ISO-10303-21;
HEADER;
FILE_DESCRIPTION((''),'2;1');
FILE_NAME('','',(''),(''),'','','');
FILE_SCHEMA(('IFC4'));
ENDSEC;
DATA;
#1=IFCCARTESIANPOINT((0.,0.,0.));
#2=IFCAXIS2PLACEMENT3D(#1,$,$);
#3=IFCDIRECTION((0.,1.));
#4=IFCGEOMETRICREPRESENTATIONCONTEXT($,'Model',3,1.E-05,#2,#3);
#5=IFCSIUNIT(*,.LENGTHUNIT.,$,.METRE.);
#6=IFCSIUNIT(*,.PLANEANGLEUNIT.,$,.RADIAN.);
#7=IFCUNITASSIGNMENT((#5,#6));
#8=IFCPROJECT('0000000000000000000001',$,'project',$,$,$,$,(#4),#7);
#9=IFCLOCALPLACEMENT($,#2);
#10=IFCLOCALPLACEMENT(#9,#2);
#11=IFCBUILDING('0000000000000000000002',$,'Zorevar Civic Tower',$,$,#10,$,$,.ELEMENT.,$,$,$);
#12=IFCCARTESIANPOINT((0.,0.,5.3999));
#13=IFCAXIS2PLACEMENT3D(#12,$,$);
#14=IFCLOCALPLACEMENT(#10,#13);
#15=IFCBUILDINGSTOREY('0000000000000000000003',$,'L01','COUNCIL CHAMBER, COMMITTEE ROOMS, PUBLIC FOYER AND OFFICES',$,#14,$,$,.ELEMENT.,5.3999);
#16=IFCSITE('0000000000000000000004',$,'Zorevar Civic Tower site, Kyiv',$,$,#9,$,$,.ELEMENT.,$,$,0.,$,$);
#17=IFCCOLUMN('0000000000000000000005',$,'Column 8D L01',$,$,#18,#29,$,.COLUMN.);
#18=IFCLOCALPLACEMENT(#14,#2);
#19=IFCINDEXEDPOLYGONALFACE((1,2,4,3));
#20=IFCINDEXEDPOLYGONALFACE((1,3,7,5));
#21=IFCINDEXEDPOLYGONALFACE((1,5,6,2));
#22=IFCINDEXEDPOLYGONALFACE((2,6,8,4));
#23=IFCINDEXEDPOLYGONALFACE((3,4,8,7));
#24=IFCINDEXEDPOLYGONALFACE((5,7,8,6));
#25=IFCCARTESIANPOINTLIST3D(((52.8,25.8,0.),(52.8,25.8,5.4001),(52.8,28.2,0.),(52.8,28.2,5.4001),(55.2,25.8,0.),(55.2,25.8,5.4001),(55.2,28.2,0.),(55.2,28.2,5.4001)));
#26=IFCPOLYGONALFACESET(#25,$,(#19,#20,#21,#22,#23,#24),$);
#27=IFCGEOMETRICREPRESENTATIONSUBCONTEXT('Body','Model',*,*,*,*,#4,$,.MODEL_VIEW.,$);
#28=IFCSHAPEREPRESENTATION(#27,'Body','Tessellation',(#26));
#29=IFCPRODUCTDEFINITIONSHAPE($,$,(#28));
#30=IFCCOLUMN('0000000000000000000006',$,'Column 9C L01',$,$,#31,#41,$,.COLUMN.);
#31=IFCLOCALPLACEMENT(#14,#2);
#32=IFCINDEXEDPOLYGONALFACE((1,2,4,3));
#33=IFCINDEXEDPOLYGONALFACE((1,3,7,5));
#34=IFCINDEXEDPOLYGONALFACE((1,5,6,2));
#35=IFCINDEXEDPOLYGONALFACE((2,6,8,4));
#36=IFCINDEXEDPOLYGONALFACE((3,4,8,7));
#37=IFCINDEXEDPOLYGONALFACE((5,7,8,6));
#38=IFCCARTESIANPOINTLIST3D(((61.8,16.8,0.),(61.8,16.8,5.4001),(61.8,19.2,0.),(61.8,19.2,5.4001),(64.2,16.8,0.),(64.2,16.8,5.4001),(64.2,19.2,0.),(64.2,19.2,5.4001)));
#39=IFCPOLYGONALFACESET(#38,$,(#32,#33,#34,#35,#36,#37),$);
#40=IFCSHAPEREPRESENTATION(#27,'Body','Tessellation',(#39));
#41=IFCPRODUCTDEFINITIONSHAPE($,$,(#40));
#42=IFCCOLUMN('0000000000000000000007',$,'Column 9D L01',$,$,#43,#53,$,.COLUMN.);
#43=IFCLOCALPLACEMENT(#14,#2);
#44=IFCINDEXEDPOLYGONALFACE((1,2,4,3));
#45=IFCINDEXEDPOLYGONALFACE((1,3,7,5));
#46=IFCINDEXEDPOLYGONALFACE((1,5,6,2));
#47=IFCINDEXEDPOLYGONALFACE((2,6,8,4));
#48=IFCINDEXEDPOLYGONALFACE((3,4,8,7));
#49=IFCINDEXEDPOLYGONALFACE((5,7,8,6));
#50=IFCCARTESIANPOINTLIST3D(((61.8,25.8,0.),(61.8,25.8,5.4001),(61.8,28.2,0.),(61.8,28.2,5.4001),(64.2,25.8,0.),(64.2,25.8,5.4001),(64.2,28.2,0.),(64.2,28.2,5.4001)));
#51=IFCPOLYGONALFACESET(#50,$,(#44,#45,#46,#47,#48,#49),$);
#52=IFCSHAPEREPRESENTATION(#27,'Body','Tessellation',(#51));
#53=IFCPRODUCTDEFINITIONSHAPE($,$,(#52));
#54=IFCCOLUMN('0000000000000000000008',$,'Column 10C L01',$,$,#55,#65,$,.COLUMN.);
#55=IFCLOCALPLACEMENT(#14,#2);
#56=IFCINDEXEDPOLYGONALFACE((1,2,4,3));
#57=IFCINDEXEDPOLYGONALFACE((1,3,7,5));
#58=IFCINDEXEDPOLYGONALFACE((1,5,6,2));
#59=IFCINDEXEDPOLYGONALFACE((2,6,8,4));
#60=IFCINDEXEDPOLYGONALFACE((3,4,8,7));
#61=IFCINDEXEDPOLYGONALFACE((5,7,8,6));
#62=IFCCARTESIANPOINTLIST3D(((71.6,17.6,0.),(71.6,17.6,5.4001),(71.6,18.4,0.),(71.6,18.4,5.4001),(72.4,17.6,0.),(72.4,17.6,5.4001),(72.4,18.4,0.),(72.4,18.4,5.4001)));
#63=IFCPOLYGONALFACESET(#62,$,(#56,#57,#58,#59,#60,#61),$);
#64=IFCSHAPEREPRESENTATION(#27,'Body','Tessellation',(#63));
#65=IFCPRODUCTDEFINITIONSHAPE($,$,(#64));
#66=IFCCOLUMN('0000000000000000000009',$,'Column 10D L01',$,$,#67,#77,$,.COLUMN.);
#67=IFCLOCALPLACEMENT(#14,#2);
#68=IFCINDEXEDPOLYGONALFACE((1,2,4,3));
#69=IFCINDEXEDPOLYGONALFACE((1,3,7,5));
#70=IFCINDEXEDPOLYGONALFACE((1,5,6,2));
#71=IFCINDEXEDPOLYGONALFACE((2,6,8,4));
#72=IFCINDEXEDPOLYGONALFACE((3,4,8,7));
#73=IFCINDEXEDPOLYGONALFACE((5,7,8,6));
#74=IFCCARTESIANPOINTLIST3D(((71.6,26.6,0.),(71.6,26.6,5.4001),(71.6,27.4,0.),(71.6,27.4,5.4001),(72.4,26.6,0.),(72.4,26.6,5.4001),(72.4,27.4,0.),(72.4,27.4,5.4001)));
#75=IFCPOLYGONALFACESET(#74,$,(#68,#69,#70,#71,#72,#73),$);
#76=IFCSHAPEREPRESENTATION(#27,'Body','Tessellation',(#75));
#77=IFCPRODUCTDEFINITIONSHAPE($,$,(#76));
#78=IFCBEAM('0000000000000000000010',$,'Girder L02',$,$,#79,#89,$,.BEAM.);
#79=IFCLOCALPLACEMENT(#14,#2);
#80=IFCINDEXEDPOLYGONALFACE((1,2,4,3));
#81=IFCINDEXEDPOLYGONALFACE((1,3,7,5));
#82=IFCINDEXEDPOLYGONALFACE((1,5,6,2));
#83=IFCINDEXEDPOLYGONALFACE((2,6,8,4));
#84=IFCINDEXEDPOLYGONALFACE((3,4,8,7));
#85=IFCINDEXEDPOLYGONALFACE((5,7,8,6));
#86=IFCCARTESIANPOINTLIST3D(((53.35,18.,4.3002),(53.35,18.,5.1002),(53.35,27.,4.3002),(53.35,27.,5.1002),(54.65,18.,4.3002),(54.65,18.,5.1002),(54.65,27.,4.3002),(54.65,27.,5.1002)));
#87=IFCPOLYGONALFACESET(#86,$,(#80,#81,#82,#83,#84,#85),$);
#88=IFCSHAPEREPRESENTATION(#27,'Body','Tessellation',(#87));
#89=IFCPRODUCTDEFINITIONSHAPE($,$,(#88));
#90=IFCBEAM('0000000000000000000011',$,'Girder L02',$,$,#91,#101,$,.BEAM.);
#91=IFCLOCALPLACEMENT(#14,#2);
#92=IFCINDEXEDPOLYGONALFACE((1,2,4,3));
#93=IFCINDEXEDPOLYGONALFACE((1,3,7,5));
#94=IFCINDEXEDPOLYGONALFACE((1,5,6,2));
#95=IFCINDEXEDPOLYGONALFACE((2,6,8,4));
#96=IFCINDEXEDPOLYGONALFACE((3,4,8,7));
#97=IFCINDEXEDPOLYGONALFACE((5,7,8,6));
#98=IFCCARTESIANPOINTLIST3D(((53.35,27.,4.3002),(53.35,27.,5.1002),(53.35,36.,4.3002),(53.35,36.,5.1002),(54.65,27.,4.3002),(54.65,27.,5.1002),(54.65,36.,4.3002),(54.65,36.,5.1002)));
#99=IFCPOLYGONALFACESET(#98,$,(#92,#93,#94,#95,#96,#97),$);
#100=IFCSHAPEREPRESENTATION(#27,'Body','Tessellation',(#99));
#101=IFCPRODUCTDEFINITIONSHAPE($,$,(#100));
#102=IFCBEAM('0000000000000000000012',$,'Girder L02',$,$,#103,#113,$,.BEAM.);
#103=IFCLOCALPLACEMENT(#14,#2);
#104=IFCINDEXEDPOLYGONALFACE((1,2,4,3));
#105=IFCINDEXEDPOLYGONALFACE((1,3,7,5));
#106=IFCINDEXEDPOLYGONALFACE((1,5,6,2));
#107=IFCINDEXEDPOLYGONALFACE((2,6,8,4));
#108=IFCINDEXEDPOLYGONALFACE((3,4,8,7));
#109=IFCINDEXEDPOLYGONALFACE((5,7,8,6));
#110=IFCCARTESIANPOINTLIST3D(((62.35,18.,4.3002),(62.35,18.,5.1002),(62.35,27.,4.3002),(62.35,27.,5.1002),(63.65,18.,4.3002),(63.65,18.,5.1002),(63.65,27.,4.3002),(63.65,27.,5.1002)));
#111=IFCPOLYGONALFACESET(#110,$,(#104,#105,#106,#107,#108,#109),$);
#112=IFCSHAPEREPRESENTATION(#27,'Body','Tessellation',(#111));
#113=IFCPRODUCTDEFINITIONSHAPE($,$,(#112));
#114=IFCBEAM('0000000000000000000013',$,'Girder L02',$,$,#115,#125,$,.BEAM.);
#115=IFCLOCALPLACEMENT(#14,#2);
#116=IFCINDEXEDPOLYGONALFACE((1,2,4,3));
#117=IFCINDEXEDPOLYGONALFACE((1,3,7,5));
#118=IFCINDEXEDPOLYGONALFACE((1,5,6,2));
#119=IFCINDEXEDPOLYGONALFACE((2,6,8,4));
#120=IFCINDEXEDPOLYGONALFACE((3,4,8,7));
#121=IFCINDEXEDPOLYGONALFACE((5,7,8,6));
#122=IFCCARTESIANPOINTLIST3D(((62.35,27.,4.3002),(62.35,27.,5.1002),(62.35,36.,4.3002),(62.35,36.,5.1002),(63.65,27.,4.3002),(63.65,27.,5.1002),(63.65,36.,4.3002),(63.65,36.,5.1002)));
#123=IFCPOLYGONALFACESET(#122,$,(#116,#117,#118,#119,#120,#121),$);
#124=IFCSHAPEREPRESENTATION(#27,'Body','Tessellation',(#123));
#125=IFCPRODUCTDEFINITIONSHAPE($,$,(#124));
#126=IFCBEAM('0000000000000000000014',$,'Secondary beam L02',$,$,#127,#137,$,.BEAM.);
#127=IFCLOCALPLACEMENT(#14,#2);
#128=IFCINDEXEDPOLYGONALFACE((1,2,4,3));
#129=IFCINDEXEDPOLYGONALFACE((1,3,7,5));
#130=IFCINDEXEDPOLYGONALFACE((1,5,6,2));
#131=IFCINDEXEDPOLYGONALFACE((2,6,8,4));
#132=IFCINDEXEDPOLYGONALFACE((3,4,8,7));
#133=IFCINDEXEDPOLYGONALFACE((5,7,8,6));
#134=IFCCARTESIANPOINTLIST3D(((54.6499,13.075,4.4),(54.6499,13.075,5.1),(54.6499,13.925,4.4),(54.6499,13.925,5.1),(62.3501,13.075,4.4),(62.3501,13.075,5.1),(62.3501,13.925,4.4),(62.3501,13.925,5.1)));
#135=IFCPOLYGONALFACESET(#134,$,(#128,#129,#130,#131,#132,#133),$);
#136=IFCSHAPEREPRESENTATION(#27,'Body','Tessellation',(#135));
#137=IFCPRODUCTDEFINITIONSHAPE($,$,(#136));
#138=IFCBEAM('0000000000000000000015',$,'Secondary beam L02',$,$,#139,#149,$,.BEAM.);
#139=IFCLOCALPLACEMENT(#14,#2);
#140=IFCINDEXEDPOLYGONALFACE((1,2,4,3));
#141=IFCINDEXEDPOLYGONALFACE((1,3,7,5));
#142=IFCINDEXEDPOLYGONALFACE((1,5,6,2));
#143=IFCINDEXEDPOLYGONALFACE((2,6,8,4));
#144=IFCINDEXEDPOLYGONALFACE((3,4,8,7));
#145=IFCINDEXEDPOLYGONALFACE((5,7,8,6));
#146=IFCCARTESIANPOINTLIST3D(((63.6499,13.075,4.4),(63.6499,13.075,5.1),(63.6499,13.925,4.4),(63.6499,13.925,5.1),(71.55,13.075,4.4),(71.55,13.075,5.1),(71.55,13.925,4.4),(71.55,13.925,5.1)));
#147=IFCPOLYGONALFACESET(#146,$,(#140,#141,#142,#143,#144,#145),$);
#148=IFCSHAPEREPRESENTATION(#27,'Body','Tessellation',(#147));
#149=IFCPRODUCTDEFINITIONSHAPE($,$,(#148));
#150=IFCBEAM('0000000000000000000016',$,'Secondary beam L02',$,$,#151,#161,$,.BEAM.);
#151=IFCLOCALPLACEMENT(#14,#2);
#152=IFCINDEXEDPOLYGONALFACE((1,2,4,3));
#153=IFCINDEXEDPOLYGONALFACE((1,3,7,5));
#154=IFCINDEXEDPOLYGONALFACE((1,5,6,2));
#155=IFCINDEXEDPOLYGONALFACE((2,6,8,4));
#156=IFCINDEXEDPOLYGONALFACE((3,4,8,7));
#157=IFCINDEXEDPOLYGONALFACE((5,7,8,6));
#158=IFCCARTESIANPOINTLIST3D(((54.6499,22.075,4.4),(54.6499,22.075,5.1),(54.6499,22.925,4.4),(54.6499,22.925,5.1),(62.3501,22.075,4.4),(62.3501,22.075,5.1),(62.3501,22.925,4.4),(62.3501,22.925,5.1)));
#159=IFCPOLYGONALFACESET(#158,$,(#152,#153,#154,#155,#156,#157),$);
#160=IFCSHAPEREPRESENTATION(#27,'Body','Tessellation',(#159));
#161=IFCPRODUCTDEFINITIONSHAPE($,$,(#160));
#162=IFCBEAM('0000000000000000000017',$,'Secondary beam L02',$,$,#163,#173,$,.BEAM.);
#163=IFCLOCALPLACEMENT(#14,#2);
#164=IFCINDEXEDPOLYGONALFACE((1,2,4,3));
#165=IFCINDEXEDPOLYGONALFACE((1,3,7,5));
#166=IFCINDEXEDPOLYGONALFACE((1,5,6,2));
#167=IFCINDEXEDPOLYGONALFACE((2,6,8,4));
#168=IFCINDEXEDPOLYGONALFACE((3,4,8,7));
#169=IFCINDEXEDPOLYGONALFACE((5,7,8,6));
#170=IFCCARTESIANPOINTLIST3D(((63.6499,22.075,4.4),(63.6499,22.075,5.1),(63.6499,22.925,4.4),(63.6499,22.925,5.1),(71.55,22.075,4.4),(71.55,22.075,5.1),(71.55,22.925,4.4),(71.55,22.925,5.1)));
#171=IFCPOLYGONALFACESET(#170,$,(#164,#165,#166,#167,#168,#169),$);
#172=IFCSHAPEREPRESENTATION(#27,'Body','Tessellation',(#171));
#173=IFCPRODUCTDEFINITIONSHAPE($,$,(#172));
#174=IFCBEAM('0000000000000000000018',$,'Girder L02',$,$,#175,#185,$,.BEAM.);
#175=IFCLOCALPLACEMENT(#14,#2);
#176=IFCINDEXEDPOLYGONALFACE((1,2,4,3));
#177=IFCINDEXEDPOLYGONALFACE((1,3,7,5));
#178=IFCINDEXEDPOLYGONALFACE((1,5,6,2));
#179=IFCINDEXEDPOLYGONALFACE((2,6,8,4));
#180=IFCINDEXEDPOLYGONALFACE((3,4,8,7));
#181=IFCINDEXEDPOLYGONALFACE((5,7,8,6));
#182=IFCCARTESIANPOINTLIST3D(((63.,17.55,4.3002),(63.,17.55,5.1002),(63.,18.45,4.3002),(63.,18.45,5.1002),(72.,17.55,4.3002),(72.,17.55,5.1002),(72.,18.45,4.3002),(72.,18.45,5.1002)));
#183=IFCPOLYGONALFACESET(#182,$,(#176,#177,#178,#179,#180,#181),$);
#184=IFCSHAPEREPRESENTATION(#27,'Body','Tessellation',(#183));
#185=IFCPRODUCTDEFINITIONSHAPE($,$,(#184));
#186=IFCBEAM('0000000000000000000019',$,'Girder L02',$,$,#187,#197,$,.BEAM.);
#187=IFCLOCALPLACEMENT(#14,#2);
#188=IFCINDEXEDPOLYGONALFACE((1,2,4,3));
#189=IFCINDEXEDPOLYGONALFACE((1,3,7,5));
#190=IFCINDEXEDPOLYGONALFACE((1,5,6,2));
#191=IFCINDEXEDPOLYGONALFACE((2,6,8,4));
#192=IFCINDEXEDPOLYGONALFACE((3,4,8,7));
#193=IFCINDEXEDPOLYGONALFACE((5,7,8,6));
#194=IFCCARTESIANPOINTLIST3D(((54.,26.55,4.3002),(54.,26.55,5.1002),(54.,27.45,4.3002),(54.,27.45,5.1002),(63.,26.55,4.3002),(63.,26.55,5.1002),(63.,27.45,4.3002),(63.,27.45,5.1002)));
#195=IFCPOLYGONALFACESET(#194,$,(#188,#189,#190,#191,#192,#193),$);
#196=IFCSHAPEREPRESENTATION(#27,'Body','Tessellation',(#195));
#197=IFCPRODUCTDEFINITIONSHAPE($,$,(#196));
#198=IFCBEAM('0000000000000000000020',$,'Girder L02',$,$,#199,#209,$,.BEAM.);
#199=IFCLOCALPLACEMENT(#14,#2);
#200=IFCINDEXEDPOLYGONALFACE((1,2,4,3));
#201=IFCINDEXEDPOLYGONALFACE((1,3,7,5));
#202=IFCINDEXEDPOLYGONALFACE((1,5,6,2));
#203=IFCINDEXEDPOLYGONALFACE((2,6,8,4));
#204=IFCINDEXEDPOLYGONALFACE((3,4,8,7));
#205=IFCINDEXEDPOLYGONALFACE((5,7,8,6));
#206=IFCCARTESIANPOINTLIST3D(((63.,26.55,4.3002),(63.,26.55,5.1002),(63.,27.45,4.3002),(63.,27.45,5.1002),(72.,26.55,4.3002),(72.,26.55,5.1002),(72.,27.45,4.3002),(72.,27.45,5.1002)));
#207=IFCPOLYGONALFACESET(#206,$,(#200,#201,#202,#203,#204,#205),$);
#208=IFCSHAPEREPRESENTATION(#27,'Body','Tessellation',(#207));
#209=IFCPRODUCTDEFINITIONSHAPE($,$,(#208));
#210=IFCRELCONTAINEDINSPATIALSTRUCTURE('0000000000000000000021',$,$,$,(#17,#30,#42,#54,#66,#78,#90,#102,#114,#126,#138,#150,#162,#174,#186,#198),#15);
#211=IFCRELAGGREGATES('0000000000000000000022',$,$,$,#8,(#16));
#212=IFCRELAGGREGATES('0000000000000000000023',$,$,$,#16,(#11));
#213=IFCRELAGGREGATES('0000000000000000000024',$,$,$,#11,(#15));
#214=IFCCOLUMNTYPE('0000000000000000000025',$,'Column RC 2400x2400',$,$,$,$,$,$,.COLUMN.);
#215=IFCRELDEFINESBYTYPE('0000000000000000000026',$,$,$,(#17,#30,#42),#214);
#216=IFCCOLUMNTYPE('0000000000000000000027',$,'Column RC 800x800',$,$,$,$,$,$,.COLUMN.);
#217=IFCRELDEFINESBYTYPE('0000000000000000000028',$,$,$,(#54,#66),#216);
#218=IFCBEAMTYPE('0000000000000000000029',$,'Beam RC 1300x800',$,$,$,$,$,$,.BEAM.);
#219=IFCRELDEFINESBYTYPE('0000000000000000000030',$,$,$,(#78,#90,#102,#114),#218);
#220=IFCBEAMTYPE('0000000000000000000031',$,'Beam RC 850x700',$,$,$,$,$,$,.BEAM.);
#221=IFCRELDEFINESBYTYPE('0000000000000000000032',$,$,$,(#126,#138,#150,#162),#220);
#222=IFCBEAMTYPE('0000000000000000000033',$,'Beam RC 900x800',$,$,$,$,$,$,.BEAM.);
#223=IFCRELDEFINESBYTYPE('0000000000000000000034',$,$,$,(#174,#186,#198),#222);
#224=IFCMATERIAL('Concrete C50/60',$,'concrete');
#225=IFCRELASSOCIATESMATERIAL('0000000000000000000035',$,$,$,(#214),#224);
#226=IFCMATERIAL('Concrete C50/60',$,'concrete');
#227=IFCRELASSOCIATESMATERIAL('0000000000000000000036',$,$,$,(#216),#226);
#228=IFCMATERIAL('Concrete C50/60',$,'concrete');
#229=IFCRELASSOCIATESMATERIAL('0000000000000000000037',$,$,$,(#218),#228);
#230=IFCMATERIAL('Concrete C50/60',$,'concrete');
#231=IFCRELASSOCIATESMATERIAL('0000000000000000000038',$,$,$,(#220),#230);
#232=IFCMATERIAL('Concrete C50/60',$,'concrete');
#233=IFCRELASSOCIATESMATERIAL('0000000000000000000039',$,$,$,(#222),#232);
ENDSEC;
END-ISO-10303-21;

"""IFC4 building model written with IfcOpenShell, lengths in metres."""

from ifc_helpers import new_model, si_unit, direction, frame, origin, origin_2d, place, context, subcontext, project, spatial, rectangle, extrude, material, material_profile, profile_set, type_object, element, save


model = new_model("IFC4")

# Units and contexts
model_context = context("Model", 3, precision=1e-05, world=origin(), true_north=direction((0.0, 1.0)))
body_context = subcontext(model_context, "Body", "Model", "MODEL_VIEW")
ifc_project = project(units=[si_unit("LENGTHUNIT", "METRE"), si_unit("PLANEANGLEUNIT", "RADIAN")], contexts=[model_context])

# Site, building, storey
site_placement = place(None, origin())
site = spatial("IfcSite", under=ifc_project, at=site_placement, Name="Zorevar Civic Tower site, Kyiv", CompositionType="ELEMENT", RefElevation=0.0)
building_placement = place(site_placement, origin())
building = spatial("IfcBuilding", under=site, at=building_placement, Name="Zorevar Civic Tower", CompositionType="ELEMENT")
storey_placement = place(building_placement, frame((0.0, 0.0, 5.3999)))
storey = spatial("IfcBuildingStorey", under=building, at=storey_placement, Name="L01", Description="COUNCIL CHAMBER, COMMITTEE ROOMS, PUBLIC FOYER AND OFFICES", CompositionType="ELEMENT", Elevation=5.3999)

# Columns
ifc_material_1 = material(Name="Concrete C50/60", Category="concrete")
ifc_material_profile_1 = material_profile(ifc_material_1, rectangle(XDim=2.3999, YDim=2.3999, at=origin_2d()), Name="RC 2400x2400")
ifc_profile_set_1 = profile_set([ifc_material_profile_1], Name="Concrete C50/60")
column_type_1 = type_object("IfcColumnType", Name="Column RC 2400x2400", PredefinedType="COLUMN", material=ifc_profile_set_1)
for number, where, z_axis, x_axis, name in (
    (1, (54.0, 27.0, 0.0), (0.0, 0.0, 1.0), (1.0, 0.0, 0.0), "Column 8D L01"),
    (2, (63.0, 18.0, 0.0), (0.0, 0.0, 1.0), (1.0, 0.0, 0.0), "Column 9C L01"),
    (3, (63.0, 27.0, 0.0), (0.0, 0.0, 1.0), (1.0, 0.0, 0.0), "Column 9D L01"),
):
    element("IfcColumn", number, at=place(storey_placement, frame(where, z_axis=z_axis, x_axis=x_axis)), inside=storey, type_object=column_type_1, Name=name, PredefinedType="COLUMN", context=body_context, shape_type="SweptSolid", body=[
        extrude(rectangle(XDim=2.3999, YDim=2.3999, at=origin_2d()), origin(), (0.0, 0.0, 1.0), 5.4001),
    ])
ifc_material_2 = material(Name="Concrete C50/60", Category="concrete")
ifc_material_profile_2 = material_profile(ifc_material_2, rectangle(XDim=0.8, YDim=0.8, at=origin_2d()), Name="RC 800x800")
ifc_profile_set_2 = profile_set([ifc_material_profile_2], Name="Concrete C50/60")
column_type_2 = type_object("IfcColumnType", Name="Column RC 800x800", PredefinedType="COLUMN", material=ifc_profile_set_2)
for number, where, z_axis, x_axis, name in (
    (4, (72.0, 18.0, 0.0), (0.0, 0.0, 1.0), (1.0, 0.0, 0.0), "Column 10C L01"),
    (5, (72.0, 27.0, 0.0), (0.0, 0.0, 1.0), (1.0, 0.0, 0.0), "Column 10D L01"),
):
    element("IfcColumn", number, at=place(storey_placement, frame(where, z_axis=z_axis, x_axis=x_axis)), inside=storey, type_object=column_type_2, Name=name, PredefinedType="COLUMN", context=body_context, shape_type="SweptSolid", body=[
        extrude(rectangle(XDim=0.8, YDim=0.8, at=origin_2d()), origin(), (0.0, 0.0, 1.0), 5.4001),
    ])

# Beams
ifc_material_3 = material(Name="Concrete C50/60", Category="concrete")
ifc_material_profile_3 = material_profile(ifc_material_3, rectangle(XDim=1.3, YDim=0.8, at=origin_2d()), Name="RC 1300x800")
ifc_profile_set_3 = profile_set([ifc_material_profile_3], Name="Concrete C50/60")
beam_type_1 = type_object("IfcBeamType", Name="Beam RC 1300x800", PredefinedType="BEAM", material=ifc_profile_set_3)
for number, where, z_axis, x_axis, name in (
    (6, (54.0, 18.0, 4.7002), (0.0, 1.0, 0.0), (-1.0, 0.0, 0.0), "Girder L02"),
    (7, (54.0, 27.0, 4.7002), (0.0, 1.0, 0.0), (-1.0, 0.0, 0.0), "Girder L02"),
    (8, (63.0, 18.0, 4.7002), (0.0, 1.0, 0.0), (-1.0, 0.0, 0.0), "Girder L02"),
    (9, (63.0, 27.0, 4.7002), (0.0, 1.0, 0.0), (-1.0, 0.0, 0.0), "Girder L02"),
):
    element("IfcBeam", number, at=place(storey_placement, frame(where, z_axis=z_axis, x_axis=x_axis)), inside=storey, type_object=beam_type_1, Name=name, PredefinedType="BEAM", context=body_context, shape_type="SweptSolid", body=[
        extrude(rectangle(XDim=1.3, YDim=0.8, at=origin_2d()), origin(), (0.0, 0.0, 1.0), 9.0),
    ])
ifc_material_4 = material(Name="Concrete C50/60", Category="concrete")
ifc_material_profile_4 = material_profile(ifc_material_4, rectangle(XDim=0.8501, YDim=0.7, at=origin_2d()), Name="RC 850x700")
ifc_profile_set_4 = profile_set([ifc_material_profile_4], Name="Concrete C50/60")
beam_type_2 = type_object("IfcBeamType", Name="Beam RC 850x700", PredefinedType="BEAM", material=ifc_profile_set_4)
beam_1_placement = place(storey_placement, frame((54.6499, 13.5, 4.75), z_axis=(1.0, 0.0, 0.0), x_axis=(0.0, 1.0, 0.0)))
element("IfcBeam", 10, at=beam_1_placement, inside=storey, type_object=beam_type_2, Name="Secondary beam L02", PredefinedType="BEAM", context=body_context, shape_type="SweptSolid", body=[
    extrude(rectangle(XDim=0.8501, YDim=0.7, at=origin_2d()), origin(), (0.0, 0.0, 1.0), 7.7002),
])
beam_2_placement = place(storey_placement, frame((63.6499, 13.5, 4.75), z_axis=(1.0, 0.0, 0.0), x_axis=(0.0, 1.0, 0.0)))
element("IfcBeam", 11, at=beam_2_placement, inside=storey, type_object=beam_type_2, Name="Secondary beam L02", PredefinedType="BEAM", context=body_context, shape_type="SweptSolid", body=[
    extrude(rectangle(XDim=0.8501, YDim=0.7, at=origin_2d()), origin(), (0.0, 0.0, 1.0), 7.9001),
])
beam_3_placement = place(storey_placement, frame((54.6499, 22.5, 4.75), z_axis=(1.0, 0.0, 0.0), x_axis=(0.0, 1.0, 0.0)))
element("IfcBeam", 12, at=beam_3_placement, inside=storey, type_object=beam_type_2, Name="Secondary beam L02", PredefinedType="BEAM", context=body_context, shape_type="SweptSolid", body=[
    extrude(rectangle(XDim=0.8501, YDim=0.7, at=origin_2d()), origin(), (0.0, 0.0, 1.0), 7.7002),
])
beam_4_placement = place(storey_placement, frame((63.6499, 22.5, 4.75), z_axis=(1.0, 0.0, 0.0), x_axis=(0.0, 1.0, 0.0)))
element("IfcBeam", 13, at=beam_4_placement, inside=storey, type_object=beam_type_2, Name="Secondary beam L02", PredefinedType="BEAM", context=body_context, shape_type="SweptSolid", body=[
    extrude(rectangle(XDim=0.8501, YDim=0.7, at=origin_2d()), origin(), (0.0, 0.0, 1.0), 7.9001),
])
ifc_material_5 = material(Name="Concrete C50/60", Category="concrete")
ifc_material_profile_5 = material_profile(ifc_material_5, rectangle(XDim=0.8999, YDim=0.8, at=origin_2d()), Name="RC 900x800")
ifc_profile_set_5 = profile_set([ifc_material_profile_5], Name="Concrete C50/60")
beam_type_3 = type_object("IfcBeamType", Name="Beam RC 900x800", PredefinedType="BEAM", material=ifc_profile_set_5)
for number, where, z_axis, x_axis, name in (
    (14, (63.0, 18.0, 4.7002), (1.0, 0.0, 0.0), (0.0, 1.0, 0.0), "Girder L02"),
    (15, (54.0, 27.0, 4.7002), (1.0, 0.0, 0.0), (0.0, 1.0, 0.0), "Girder L02"),
    (16, (63.0, 27.0, 4.7002), (1.0, 0.0, 0.0), (0.0, 1.0, 0.0), "Girder L02"),
):
    element("IfcBeam", number, at=place(storey_placement, frame(where, z_axis=z_axis, x_axis=x_axis)), inside=storey, type_object=beam_type_3, Name=name, PredefinedType="BEAM", context=body_context, shape_type="SweptSolid", body=[
        extrude(rectangle(XDim=0.8999, YDim=0.8, at=origin_2d()), origin(), (0.0, 0.0, 1.0), 9.0),
    ])

save(model, "model.ifc")
